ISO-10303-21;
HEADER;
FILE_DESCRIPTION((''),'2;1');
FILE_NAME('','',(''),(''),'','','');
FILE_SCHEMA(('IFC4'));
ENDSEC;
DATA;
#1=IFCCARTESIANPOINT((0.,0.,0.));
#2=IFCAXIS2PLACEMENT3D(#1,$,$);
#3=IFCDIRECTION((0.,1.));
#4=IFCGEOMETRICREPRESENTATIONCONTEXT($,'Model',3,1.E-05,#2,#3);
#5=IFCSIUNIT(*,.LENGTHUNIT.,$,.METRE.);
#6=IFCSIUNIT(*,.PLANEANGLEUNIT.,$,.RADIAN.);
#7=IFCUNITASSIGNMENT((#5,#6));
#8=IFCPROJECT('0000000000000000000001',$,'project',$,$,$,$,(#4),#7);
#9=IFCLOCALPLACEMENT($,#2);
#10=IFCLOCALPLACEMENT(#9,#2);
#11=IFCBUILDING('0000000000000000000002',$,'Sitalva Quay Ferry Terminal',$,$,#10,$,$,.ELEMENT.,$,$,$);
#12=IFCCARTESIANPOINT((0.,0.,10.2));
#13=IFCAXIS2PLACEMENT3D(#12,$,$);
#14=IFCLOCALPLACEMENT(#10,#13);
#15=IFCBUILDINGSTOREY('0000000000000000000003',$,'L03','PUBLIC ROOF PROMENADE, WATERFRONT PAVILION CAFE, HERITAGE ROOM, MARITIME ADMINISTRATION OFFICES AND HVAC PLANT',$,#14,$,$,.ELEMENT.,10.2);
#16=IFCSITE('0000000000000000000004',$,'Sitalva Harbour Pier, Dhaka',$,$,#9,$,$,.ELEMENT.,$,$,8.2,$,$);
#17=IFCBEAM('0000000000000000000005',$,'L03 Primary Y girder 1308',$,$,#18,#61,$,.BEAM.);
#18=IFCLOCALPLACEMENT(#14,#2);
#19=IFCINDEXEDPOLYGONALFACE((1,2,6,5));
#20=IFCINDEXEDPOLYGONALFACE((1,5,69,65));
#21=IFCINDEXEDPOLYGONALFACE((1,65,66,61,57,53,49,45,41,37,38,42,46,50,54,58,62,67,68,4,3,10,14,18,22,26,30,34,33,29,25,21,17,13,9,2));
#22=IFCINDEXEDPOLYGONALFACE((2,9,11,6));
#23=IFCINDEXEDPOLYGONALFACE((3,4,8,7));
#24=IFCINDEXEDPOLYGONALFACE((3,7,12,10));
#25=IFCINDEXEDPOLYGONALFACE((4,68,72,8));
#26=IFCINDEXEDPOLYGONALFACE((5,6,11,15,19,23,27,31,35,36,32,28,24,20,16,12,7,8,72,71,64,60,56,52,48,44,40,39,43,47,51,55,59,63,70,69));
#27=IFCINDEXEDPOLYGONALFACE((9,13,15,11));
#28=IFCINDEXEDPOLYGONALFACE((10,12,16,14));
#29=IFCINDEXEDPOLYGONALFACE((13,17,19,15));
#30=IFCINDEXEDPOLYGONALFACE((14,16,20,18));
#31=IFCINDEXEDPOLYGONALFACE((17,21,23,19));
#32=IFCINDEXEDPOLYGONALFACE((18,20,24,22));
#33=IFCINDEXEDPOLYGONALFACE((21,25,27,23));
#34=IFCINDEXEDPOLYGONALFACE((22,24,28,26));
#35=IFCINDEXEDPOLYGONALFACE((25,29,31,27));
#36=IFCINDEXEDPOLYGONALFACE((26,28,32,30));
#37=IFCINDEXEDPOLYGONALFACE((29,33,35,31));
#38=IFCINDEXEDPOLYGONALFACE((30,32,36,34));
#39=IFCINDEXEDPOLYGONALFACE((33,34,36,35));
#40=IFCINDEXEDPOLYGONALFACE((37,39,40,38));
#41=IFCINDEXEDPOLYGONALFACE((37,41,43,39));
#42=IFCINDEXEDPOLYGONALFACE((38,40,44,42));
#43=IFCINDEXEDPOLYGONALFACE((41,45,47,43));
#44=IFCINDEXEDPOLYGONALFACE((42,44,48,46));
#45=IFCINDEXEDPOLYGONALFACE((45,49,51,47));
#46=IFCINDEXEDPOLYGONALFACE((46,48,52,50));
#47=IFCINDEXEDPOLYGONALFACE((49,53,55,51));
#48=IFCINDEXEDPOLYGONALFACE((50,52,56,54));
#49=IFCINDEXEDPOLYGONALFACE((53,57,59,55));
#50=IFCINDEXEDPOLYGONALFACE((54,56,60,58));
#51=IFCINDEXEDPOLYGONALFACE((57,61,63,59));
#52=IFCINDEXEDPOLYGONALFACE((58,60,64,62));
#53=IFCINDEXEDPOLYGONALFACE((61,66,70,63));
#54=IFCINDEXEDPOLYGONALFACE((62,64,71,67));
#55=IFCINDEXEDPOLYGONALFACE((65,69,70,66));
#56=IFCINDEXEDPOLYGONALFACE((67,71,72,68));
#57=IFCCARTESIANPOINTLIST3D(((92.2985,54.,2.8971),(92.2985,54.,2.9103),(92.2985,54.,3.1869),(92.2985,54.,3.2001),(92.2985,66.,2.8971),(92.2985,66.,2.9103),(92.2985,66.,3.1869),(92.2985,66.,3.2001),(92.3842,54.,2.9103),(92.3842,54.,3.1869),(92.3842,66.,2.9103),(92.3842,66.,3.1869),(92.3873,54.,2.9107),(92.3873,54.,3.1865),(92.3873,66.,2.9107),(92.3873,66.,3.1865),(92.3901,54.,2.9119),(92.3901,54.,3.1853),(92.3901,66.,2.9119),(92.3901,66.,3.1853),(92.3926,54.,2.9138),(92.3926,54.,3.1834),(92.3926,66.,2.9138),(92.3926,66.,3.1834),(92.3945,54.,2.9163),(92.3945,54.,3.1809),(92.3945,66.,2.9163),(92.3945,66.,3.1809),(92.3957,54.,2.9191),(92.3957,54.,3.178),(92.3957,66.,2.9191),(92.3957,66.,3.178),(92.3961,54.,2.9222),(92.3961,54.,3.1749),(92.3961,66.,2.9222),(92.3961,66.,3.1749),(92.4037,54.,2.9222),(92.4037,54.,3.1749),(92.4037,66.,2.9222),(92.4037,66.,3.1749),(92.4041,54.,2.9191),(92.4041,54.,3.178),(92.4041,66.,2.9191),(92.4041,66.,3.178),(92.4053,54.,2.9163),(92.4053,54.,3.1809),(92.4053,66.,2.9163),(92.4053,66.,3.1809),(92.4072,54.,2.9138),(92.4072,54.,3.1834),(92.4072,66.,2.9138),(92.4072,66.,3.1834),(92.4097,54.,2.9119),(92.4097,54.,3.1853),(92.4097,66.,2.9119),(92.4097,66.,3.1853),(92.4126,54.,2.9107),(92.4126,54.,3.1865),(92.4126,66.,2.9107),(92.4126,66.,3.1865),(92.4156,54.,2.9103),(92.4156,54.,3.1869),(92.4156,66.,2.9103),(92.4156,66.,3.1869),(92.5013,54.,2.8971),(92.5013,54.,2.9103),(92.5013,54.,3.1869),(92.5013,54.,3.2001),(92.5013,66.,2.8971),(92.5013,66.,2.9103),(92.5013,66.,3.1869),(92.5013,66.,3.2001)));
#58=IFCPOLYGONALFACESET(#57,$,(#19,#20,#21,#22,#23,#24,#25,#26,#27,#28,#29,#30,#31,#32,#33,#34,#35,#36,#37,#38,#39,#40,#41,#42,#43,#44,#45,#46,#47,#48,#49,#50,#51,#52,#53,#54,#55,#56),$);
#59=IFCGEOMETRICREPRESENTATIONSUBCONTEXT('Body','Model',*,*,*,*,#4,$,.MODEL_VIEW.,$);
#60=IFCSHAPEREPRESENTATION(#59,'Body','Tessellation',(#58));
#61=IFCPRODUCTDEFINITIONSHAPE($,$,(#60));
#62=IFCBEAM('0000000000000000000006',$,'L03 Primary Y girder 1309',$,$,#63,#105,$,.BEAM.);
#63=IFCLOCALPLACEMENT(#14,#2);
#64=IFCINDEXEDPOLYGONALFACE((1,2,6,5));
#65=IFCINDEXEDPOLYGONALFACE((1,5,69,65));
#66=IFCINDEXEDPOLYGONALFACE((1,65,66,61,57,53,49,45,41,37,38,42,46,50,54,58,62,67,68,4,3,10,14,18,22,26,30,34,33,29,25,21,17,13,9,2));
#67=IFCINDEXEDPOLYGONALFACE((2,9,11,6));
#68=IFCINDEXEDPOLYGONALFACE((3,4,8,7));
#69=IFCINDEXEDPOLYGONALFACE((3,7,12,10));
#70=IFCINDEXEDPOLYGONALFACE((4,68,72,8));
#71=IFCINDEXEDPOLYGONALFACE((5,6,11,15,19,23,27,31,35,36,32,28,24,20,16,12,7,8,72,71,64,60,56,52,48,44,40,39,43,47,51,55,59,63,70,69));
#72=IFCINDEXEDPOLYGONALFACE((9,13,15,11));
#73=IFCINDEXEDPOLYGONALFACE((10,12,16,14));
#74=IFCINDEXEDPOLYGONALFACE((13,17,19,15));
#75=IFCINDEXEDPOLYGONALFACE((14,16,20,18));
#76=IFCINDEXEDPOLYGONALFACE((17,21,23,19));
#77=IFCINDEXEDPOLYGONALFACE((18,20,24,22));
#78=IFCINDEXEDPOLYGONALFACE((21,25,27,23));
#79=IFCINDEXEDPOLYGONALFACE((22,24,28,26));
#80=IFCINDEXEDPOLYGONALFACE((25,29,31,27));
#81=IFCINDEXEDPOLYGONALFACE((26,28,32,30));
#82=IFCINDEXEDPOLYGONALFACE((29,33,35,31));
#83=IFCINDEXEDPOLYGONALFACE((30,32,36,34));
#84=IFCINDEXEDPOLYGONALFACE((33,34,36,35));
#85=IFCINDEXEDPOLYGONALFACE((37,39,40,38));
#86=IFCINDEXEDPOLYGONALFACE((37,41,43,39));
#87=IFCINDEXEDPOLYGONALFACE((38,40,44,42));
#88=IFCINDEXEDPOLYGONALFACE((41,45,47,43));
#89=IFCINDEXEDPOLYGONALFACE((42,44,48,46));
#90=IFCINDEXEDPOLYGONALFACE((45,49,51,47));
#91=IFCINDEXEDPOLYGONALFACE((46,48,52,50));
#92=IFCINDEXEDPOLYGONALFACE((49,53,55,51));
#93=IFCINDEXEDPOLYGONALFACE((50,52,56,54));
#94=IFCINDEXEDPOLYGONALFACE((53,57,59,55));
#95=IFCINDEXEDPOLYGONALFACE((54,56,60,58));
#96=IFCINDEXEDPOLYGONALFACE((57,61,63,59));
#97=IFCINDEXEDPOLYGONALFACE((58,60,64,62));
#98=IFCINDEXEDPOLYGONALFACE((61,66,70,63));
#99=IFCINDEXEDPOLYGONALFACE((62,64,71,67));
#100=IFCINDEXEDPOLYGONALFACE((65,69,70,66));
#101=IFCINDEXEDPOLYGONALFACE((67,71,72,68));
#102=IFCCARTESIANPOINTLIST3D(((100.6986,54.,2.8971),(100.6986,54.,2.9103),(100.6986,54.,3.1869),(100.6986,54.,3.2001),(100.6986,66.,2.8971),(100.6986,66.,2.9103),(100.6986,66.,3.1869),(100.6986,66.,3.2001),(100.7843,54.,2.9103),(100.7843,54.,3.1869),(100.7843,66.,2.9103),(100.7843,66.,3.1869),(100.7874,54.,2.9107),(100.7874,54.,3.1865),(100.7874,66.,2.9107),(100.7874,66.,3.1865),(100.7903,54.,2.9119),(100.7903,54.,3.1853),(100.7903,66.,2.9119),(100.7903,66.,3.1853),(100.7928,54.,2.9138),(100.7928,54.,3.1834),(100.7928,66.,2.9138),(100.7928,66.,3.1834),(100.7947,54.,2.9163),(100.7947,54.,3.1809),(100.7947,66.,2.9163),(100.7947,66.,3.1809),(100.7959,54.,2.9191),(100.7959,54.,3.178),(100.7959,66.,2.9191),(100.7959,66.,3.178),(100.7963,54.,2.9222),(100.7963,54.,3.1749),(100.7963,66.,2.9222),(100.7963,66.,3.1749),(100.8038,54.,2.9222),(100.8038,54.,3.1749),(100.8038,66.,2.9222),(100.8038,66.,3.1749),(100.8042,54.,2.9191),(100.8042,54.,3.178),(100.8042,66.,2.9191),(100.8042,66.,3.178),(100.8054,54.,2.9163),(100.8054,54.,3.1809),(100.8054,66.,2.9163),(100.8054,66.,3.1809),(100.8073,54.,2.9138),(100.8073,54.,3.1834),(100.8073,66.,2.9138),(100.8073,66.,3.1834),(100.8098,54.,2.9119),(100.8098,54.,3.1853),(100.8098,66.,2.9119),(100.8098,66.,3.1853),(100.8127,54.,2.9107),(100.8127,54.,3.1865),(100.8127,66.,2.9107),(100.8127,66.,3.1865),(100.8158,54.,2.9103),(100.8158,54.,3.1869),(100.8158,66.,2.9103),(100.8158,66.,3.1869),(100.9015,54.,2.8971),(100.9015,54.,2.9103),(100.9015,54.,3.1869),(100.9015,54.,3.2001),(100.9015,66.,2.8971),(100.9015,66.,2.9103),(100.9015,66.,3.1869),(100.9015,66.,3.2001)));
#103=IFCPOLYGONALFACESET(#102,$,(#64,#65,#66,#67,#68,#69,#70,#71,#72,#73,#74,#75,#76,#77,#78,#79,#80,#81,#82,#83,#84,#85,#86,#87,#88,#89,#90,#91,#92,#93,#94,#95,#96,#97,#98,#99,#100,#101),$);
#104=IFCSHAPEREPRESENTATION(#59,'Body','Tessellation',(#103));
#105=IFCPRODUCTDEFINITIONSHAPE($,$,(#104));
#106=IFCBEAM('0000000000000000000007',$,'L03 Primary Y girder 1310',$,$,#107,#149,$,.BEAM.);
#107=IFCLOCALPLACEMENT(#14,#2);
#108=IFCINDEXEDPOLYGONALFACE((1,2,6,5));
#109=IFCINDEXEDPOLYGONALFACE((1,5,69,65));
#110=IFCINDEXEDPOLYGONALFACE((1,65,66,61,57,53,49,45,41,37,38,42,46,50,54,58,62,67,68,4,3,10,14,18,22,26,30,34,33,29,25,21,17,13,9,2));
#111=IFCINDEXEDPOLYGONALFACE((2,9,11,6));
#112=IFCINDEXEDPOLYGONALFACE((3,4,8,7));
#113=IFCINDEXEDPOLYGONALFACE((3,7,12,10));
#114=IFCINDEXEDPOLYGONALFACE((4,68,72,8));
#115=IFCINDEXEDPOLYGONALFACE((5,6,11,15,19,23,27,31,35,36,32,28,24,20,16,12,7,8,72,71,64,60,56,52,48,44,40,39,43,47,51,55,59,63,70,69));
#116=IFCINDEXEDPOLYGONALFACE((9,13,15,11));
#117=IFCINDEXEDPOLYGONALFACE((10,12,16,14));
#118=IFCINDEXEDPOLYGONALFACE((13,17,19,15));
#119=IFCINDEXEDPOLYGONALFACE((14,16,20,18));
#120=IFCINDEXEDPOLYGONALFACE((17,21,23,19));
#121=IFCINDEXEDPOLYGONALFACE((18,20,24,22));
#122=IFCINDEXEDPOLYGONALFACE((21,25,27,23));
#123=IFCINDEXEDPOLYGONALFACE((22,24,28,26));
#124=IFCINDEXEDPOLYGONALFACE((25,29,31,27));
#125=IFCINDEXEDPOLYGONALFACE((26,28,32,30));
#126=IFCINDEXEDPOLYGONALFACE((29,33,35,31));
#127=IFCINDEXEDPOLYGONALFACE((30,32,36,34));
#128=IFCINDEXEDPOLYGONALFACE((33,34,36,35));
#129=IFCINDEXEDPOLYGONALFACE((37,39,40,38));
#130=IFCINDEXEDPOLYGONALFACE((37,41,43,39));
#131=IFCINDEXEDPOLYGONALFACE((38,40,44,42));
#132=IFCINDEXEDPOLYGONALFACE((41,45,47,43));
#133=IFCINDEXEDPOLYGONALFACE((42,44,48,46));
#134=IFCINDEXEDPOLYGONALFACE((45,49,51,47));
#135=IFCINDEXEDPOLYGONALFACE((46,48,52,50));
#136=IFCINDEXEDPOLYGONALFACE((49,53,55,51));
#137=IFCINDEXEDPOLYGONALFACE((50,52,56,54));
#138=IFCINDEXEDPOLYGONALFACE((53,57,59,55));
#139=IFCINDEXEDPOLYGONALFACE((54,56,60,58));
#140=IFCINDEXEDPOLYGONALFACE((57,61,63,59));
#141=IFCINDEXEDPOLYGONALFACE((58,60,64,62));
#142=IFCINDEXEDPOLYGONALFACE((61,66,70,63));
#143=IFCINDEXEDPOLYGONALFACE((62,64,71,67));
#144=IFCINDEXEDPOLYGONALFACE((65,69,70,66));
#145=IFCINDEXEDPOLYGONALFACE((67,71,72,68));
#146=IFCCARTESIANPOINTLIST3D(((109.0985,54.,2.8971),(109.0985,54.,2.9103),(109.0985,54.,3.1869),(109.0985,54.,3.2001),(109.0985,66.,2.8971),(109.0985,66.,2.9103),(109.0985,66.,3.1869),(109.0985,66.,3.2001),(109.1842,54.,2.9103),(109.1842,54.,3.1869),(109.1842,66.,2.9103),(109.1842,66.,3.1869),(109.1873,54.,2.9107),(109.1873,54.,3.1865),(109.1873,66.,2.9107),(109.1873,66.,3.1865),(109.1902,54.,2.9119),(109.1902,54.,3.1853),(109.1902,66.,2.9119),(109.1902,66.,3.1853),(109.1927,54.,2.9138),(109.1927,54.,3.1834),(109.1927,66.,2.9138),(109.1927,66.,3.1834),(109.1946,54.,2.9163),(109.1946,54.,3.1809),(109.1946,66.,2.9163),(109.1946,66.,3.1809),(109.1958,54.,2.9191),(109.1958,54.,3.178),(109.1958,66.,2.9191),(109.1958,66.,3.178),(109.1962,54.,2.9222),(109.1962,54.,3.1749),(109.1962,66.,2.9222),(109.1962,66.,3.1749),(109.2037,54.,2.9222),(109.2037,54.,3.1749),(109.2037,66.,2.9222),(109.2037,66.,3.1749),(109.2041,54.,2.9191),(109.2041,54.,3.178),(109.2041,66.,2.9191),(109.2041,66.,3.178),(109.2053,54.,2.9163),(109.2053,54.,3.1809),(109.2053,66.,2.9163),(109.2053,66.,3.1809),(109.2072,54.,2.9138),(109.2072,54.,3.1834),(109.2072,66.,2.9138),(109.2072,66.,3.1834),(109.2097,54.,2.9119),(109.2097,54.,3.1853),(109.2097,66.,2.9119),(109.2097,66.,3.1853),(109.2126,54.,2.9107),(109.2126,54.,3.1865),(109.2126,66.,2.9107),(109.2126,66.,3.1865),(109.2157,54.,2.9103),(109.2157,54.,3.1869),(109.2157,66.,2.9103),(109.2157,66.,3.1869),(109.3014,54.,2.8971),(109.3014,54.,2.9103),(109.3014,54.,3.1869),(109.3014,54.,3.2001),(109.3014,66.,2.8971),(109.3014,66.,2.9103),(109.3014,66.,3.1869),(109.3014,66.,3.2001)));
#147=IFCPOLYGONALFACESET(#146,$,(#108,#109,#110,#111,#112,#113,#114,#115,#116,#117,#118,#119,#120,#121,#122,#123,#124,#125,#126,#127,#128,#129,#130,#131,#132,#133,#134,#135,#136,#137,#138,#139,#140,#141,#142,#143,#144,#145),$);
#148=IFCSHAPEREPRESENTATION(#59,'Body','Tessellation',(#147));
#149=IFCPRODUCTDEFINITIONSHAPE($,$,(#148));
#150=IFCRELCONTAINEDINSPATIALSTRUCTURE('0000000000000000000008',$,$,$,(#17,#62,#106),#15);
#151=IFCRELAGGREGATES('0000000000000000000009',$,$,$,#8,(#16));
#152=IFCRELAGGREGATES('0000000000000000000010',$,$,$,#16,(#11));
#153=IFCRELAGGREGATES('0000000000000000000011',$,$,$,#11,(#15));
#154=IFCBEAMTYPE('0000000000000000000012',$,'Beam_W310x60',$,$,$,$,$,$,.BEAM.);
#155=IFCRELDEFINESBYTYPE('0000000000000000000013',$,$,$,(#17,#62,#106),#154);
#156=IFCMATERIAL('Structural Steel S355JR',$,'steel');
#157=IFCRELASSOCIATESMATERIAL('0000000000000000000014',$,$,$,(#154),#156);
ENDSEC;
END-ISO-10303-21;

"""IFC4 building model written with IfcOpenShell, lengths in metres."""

from ifc_helpers import new_model, si_unit, direction, frame, origin, origin_2d, place, context, subcontext, project, spatial, i_section, extrude, material, material_profile, profile_set, type_object, element, save


model = new_model("IFC4")

# Units and contexts
model_context = context("Model", 3, precision=1e-05, world=origin(), true_north=direction((0.0, 1.0)))
body_context = subcontext(model_context, "Body", "Model", "MODEL_VIEW")
ifc_project = project(units=[si_unit("LENGTHUNIT", "METRE"), si_unit("PLANEANGLEUNIT", "RADIAN")], contexts=[model_context])

# Site, building, storey
site_placement = place(None, origin())
site = spatial("IfcSite", under=ifc_project, at=site_placement, Name="Sitalva Harbour Pier, Dhaka", CompositionType="ELEMENT", RefElevation=8.2)
building_placement = place(site_placement, origin())
building = spatial("IfcBuilding", under=site, at=building_placement, Name="Sitalva Quay Ferry Terminal", CompositionType="ELEMENT")
storey_placement = place(building_placement, frame((0.0, 0.0, 10.2)))
storey = spatial("IfcBuildingStorey", under=building, at=storey_placement, Name="L03", Description="PUBLIC ROOF PROMENADE, WATERFRONT PAVILION CAFE, HERITAGE ROOM, MARITIME ADMINISTRATION OFFICES AND HVAC PLANT", CompositionType="ELEMENT", Elevation=10.2)

# Beams
ifc_material_1 = material(Name="Structural Steel S355JR", Category="steel")
ifc_material_profile_1 = material_profile(ifc_material_1, i_section(OverallWidth=0.2029, OverallDepth=0.303, WebThickness=0.0076, FlangeThickness=0.0132, FilletRadius=0.012, at=origin_2d()), Name="W310x60")
ifc_profile_set_1 = profile_set([ifc_material_profile_1], Name="Structural Steel S355JR")
beam_type = type_object("IfcBeamType", Name="Beam_W310x60", PredefinedType="BEAM", material=ifc_profile_set_1)
for number, where, z_axis, x_axis, name in (
    (1, (92.3999, 54.0, 3.0486), (0.0, 1.0, 0.0), (-1.0, 0.0, 0.0), "L03 Primary Y girder 1308"),
    (2, (100.8, 54.0, 3.0486), (0.0, 1.0, 0.0), (-1.0, 0.0, 0.0), "L03 Primary Y girder 1309"),
    (3, (109.2, 54.0, 3.0486), (0.0, 1.0, 0.0), (-1.0, 0.0, 0.0), "L03 Primary Y girder 1310"),
):
    element("IfcBeam", number, at=place(storey_placement, frame(where, z_axis=z_axis, x_axis=x_axis)), inside=storey, type_object=beam_type, Name=name, PredefinedType="BEAM", context=body_context, shape_type="SweptSolid", body=[
        extrude(i_section(OverallWidth=0.2029, OverallDepth=0.303, WebThickness=0.0076, FlangeThickness=0.0132, FilletRadius=0.012, at=origin_2d()), origin(), (0.0, 0.0, 1.0), 12.0),
    ])

save(model, "model.ifc")
